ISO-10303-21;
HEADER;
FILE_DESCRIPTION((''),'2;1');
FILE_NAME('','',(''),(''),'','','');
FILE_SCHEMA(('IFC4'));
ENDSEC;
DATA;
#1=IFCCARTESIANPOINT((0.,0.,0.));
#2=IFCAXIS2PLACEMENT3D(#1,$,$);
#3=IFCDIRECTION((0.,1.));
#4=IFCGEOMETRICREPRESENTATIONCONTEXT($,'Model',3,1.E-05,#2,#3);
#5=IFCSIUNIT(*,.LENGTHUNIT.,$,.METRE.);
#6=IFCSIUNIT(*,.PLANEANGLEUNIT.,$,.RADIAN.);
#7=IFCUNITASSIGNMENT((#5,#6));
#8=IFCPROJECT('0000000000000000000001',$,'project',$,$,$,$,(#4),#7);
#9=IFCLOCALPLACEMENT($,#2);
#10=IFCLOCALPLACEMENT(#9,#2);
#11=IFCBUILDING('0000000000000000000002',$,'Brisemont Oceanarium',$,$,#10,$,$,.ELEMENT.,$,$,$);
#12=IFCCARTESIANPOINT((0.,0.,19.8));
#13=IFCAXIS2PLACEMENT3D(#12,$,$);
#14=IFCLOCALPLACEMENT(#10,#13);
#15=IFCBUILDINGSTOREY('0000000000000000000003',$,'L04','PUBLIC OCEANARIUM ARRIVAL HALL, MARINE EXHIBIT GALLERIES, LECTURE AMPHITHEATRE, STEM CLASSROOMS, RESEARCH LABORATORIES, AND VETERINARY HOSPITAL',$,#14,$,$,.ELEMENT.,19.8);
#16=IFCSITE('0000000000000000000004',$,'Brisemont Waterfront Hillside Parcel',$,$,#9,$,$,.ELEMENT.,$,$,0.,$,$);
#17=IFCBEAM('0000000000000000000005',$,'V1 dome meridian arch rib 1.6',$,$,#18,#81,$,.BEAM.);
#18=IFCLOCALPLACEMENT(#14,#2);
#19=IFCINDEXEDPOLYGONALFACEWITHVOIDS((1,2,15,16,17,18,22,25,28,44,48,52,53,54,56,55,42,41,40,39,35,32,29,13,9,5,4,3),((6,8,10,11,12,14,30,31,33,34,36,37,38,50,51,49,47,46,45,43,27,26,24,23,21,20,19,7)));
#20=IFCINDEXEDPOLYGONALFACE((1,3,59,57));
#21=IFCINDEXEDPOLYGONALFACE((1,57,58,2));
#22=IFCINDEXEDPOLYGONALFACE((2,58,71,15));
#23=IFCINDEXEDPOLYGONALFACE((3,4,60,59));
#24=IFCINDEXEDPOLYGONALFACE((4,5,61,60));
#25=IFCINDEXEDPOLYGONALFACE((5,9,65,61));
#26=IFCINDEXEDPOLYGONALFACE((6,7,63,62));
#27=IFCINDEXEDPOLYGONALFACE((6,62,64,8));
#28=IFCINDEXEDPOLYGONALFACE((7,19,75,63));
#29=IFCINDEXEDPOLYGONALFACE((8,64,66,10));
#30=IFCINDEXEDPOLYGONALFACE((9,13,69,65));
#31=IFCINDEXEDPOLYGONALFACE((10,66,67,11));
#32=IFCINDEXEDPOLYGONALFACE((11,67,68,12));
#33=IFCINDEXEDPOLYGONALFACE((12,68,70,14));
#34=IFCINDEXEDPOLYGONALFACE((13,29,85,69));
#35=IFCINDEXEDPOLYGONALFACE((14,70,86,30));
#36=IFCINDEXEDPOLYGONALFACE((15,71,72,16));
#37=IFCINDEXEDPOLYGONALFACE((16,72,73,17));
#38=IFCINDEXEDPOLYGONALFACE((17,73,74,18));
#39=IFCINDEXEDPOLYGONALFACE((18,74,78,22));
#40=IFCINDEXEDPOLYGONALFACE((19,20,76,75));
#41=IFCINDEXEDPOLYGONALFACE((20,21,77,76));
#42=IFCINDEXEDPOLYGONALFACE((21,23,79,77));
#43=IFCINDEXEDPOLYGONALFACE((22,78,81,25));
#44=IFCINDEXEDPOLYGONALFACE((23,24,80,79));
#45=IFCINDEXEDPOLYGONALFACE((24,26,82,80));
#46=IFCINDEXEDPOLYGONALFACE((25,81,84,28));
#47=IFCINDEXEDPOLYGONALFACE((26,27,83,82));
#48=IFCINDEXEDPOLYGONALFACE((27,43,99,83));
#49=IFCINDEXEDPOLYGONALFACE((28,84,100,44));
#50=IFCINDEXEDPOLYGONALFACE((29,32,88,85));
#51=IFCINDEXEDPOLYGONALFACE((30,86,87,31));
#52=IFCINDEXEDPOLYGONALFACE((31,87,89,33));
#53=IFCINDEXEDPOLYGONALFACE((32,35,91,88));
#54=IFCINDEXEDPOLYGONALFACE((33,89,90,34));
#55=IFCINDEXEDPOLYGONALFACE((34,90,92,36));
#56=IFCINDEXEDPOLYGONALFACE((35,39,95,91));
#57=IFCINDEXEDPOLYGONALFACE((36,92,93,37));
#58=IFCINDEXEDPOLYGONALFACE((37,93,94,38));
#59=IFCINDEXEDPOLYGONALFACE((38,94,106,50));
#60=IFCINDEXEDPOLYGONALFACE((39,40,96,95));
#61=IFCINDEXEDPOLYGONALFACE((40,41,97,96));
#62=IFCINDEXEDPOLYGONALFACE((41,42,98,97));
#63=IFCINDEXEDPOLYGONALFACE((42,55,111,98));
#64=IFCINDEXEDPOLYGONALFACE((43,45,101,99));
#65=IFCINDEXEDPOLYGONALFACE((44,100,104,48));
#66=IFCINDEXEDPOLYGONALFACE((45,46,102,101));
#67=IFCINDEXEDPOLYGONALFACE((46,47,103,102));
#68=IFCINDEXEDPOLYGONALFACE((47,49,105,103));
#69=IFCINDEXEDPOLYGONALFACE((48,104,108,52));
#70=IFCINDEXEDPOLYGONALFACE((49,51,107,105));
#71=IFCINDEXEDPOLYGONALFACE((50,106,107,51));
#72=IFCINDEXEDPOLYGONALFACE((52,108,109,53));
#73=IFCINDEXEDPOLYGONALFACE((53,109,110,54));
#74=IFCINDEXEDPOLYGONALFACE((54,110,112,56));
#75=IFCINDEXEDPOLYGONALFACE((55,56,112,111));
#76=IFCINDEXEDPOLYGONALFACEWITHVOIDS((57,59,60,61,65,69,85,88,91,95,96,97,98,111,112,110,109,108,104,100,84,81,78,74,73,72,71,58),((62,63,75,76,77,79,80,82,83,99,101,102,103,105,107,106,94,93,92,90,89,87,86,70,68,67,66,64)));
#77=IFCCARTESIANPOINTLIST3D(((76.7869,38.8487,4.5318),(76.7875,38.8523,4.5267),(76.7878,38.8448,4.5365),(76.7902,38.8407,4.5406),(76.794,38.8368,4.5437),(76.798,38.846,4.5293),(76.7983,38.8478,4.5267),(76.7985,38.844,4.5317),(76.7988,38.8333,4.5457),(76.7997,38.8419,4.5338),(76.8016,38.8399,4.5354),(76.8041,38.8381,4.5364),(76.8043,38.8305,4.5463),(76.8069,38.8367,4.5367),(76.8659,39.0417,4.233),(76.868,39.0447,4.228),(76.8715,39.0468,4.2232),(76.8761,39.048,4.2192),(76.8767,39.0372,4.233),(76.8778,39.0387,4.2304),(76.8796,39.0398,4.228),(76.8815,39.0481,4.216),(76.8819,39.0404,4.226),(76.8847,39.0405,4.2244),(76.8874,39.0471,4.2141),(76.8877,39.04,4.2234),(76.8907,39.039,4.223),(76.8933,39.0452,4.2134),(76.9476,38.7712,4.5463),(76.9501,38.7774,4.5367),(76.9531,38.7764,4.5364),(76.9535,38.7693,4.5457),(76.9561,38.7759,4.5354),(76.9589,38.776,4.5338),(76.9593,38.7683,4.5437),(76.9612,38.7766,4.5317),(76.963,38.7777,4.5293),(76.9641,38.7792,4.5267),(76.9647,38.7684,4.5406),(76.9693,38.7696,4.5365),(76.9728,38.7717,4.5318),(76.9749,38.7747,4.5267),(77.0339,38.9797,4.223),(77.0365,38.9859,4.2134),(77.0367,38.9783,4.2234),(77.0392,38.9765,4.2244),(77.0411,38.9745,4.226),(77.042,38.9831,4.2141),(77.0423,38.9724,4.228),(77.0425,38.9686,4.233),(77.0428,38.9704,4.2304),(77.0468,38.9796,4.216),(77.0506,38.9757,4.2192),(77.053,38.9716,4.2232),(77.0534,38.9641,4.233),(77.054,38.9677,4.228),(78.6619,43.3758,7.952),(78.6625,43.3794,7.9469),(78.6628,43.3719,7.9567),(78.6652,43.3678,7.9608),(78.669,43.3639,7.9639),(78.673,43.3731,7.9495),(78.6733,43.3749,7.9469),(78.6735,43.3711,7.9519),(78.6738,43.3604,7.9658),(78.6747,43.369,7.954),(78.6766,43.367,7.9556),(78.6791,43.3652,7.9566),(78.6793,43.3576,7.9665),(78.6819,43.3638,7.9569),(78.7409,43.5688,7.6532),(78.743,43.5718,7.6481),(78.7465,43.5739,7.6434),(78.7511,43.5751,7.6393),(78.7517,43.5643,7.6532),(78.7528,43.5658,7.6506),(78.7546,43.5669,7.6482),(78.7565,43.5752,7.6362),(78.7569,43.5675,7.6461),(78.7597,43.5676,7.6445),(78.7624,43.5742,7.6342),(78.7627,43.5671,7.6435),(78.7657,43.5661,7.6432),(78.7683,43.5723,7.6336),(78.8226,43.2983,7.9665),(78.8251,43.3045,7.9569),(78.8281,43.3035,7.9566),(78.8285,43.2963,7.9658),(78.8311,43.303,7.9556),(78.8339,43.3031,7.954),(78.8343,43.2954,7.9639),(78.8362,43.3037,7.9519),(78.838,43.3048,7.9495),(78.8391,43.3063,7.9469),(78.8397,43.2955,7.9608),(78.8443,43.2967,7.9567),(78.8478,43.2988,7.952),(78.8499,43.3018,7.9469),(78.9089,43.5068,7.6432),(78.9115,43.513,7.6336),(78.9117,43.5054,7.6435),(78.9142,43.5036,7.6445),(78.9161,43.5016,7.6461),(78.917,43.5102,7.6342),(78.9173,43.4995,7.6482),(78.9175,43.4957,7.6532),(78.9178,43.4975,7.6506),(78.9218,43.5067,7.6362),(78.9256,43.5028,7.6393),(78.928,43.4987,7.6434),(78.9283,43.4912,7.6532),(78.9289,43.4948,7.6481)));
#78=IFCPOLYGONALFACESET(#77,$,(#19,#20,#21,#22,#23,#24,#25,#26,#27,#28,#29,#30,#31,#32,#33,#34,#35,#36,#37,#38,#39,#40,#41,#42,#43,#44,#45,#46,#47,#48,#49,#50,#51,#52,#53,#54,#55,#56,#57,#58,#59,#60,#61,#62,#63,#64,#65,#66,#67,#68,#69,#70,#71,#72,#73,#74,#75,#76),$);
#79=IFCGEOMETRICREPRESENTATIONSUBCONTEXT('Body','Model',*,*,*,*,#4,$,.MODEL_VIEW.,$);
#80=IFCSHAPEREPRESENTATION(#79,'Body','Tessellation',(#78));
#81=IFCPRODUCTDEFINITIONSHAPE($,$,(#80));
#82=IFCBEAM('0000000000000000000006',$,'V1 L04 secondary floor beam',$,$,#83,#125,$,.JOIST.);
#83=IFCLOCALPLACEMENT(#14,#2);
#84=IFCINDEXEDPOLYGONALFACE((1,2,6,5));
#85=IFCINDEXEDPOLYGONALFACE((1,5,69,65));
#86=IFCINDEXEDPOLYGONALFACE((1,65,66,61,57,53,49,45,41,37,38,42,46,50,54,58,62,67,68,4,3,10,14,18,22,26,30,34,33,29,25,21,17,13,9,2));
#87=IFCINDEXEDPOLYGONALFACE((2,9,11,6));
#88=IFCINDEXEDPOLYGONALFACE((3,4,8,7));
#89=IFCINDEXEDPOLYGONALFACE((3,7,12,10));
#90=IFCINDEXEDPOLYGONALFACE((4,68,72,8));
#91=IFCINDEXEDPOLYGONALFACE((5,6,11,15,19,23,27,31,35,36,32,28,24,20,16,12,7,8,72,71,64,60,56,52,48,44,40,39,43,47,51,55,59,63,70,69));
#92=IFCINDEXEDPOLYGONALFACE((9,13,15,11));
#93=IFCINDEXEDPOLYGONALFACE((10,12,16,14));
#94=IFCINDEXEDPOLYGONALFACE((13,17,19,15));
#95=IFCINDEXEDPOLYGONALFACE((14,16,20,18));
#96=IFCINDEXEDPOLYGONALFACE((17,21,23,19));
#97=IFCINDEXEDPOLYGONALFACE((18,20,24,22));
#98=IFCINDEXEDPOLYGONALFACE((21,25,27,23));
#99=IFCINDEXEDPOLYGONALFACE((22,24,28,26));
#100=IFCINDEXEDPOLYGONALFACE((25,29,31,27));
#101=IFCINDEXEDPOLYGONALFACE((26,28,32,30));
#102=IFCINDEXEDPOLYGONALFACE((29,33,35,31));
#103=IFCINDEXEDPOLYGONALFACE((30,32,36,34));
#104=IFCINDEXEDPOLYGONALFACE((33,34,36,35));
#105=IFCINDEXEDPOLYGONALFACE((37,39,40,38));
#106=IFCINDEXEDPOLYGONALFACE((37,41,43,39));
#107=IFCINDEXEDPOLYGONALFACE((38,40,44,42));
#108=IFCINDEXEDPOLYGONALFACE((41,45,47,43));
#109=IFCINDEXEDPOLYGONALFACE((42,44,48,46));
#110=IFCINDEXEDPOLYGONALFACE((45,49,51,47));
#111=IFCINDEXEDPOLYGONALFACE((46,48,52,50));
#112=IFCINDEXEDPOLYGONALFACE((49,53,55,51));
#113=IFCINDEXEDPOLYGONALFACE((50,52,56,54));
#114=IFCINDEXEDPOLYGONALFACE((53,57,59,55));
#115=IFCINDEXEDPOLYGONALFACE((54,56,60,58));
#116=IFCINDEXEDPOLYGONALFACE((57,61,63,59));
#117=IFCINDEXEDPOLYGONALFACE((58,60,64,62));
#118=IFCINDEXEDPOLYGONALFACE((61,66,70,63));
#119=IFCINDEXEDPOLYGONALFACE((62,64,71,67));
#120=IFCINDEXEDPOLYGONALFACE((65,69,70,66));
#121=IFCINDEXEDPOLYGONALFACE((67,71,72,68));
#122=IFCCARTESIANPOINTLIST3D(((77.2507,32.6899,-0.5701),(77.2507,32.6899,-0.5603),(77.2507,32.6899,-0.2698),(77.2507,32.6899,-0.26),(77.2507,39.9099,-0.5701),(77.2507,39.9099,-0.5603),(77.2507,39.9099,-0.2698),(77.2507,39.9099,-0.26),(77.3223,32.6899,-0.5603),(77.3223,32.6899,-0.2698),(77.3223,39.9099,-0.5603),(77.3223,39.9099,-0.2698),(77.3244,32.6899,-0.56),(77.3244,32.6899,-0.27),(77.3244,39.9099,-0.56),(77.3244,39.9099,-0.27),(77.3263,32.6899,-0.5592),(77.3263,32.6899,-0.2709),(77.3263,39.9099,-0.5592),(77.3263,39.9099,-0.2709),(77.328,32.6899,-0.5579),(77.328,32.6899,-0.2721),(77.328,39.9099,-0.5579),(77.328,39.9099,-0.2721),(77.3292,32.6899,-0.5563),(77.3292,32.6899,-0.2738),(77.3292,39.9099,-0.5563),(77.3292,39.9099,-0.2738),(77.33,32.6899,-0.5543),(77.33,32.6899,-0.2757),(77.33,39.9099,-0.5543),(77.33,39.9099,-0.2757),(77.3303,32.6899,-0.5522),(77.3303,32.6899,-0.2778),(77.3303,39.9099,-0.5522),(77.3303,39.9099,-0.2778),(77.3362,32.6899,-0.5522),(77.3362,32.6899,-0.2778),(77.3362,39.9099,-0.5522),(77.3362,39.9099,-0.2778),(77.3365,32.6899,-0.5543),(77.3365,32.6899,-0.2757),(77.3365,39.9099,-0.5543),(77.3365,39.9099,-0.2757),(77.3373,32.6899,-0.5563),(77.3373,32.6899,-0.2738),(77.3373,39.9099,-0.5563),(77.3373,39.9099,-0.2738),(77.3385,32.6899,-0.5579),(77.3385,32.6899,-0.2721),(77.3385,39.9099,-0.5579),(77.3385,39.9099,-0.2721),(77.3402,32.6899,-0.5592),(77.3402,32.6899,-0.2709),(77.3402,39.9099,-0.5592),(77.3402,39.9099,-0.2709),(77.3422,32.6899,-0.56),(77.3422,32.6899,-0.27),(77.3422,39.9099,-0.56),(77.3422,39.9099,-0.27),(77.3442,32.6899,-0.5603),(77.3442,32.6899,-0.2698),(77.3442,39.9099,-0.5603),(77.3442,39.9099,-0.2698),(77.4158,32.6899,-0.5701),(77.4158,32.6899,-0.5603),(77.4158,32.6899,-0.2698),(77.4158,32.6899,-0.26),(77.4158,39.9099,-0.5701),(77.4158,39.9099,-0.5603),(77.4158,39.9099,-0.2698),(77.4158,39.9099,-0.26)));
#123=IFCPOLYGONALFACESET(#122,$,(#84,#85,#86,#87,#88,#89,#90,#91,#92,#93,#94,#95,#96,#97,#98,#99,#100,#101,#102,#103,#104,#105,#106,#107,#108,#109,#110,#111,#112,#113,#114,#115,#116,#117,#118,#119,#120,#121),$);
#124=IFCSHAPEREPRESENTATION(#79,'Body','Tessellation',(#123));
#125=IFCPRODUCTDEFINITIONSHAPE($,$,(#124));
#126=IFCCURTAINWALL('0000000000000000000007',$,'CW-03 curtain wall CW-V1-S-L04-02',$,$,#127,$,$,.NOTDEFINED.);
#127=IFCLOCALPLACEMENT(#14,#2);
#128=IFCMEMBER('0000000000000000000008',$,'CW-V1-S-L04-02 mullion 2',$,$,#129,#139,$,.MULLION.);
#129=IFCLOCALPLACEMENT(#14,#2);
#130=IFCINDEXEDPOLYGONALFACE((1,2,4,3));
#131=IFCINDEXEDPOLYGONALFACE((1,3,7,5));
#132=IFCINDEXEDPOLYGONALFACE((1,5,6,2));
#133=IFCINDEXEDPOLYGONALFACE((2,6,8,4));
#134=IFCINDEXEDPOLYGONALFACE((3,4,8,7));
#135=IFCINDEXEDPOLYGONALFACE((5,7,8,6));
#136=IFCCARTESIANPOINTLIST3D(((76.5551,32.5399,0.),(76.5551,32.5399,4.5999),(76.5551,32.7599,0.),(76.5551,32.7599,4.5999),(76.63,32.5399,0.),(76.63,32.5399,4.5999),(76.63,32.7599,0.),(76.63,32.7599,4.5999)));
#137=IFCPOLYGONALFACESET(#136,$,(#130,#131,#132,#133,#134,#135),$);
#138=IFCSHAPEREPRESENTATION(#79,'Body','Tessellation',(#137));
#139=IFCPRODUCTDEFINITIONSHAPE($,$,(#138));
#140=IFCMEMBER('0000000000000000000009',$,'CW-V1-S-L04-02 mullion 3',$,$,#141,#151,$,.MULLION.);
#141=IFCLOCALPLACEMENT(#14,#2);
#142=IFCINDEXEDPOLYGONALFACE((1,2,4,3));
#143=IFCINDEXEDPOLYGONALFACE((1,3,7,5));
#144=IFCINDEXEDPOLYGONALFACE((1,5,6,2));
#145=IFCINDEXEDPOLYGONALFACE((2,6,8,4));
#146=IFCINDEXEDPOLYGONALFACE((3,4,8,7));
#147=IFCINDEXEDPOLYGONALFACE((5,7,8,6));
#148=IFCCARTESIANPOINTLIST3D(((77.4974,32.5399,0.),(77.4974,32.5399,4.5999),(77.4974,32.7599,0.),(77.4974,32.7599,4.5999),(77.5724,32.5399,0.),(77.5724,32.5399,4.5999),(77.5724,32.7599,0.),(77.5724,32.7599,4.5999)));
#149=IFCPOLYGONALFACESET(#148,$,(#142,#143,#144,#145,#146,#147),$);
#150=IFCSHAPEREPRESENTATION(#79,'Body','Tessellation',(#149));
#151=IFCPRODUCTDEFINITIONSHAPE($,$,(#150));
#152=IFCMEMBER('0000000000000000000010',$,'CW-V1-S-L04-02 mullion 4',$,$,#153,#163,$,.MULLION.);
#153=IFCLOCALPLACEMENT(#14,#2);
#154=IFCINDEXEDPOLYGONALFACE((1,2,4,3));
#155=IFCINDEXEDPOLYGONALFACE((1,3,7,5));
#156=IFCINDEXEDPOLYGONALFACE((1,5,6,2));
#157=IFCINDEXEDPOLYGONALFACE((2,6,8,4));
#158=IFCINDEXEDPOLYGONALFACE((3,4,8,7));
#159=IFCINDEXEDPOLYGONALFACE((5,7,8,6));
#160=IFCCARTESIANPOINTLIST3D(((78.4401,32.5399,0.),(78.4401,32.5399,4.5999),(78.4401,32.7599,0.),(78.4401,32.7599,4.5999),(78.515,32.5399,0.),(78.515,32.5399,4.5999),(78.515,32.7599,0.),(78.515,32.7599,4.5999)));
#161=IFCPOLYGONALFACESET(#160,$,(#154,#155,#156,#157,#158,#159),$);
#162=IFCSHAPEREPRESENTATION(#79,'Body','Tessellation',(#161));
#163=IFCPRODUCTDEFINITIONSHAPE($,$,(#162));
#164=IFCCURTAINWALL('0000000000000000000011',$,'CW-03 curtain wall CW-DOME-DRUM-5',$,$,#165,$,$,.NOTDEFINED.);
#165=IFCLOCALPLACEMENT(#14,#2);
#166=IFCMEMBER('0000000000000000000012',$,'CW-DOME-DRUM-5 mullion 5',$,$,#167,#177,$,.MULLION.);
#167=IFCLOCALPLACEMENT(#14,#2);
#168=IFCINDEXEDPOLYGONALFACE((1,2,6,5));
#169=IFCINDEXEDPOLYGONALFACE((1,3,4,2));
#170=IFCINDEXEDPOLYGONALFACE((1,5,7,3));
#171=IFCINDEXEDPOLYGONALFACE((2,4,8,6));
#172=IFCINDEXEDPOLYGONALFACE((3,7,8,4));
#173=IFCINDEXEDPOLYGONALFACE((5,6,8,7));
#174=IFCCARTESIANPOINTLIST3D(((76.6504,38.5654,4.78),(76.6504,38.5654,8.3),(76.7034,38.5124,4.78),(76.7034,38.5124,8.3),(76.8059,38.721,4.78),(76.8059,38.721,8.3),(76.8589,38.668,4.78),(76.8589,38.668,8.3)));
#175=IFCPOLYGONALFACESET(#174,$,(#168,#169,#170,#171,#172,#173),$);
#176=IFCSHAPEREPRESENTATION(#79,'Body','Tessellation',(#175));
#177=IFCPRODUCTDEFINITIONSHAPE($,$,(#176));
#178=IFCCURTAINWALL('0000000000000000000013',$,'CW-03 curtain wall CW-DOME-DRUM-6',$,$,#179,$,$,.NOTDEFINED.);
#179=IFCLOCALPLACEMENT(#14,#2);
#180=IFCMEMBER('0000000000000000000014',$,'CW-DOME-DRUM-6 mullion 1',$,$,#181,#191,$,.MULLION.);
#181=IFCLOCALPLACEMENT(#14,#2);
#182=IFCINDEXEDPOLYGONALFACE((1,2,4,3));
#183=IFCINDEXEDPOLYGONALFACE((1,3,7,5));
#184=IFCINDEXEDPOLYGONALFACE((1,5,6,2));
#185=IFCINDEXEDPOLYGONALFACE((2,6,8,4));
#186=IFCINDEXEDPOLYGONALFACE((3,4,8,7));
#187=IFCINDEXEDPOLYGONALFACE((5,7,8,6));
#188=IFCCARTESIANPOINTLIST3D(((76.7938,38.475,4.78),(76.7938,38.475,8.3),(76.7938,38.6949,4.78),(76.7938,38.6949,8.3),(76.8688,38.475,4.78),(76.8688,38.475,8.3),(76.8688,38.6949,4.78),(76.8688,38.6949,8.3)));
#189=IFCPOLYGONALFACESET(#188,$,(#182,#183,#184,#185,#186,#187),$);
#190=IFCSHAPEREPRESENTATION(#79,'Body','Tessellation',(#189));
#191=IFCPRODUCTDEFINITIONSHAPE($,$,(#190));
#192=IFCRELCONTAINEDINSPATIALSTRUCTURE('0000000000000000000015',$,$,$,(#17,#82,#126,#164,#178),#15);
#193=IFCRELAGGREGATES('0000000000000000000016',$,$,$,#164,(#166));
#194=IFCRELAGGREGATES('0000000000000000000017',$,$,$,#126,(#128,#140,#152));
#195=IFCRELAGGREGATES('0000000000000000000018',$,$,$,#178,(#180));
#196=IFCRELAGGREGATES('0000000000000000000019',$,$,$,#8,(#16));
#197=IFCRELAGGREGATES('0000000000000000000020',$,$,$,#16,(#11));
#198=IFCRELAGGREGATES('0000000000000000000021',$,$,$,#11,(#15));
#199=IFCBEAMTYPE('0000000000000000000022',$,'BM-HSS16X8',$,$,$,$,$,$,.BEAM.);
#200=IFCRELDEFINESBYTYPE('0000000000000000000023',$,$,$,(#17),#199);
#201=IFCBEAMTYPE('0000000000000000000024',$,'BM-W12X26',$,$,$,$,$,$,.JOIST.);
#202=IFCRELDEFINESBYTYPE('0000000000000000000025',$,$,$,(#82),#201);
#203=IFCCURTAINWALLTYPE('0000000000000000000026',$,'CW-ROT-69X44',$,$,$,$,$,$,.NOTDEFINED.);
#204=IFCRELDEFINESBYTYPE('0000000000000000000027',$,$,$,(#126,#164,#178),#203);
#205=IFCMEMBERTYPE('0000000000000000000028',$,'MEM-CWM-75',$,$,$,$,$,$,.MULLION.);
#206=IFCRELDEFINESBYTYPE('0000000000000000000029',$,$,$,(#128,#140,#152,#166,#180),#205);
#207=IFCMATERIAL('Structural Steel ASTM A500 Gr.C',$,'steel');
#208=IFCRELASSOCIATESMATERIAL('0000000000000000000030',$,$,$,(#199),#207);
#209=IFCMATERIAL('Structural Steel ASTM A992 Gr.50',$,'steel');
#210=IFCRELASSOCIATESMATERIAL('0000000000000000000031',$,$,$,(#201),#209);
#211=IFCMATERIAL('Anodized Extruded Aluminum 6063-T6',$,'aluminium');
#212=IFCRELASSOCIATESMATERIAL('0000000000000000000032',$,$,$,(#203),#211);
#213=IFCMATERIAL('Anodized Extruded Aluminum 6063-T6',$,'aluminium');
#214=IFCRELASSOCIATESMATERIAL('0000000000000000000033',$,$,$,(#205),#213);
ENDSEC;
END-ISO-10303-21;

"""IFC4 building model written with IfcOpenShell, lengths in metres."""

from ifc_helpers import new_model, si_unit, direction, frame, origin, origin_2d, place, context, subcontext, project, spatial, rectangle, hollow_rectangle, i_section, extrude, material, material_profile, profile_set, type_object, element, aggregate, save


model = new_model("IFC4")

# Units and contexts
model_context = context("Model", 3, precision=1e-05, world=origin(), true_north=direction((0.0, 1.0)))
body_context = subcontext(model_context, "Body", "Model", "MODEL_VIEW")
ifc_project = project(units=[si_unit("LENGTHUNIT", "METRE"), si_unit("PLANEANGLEUNIT", "RADIAN")], contexts=[model_context])

# Site, building, storey
site_placement = place(None, origin())
site = spatial("IfcSite", under=ifc_project, at=site_placement, Name="Brisemont Waterfront Hillside Parcel", CompositionType="ELEMENT", RefElevation=0.0)
building_placement = place(site_placement, origin())
building = spatial("IfcBuilding", under=site, at=building_placement, Name="Brisemont Oceanarium", CompositionType="ELEMENT")
storey_placement = place(building_placement, frame((0.0, 0.0, 19.8)))
storey = spatial("IfcBuildingStorey", under=building, at=storey_placement, Name="L04", Description="PUBLIC OCEANARIUM ARRIVAL HALL, MARINE EXHIBIT GALLERIES, LECTURE AMPHITHEATRE, STEM CLASSROOMS, RESEARCH LABORATORIES, AND VETERINARY HOSPITAL", CompositionType="ELEMENT", Elevation=19.8)

# Beams
ifc_material_1 = material(Name="Structural Steel ASTM A500 Gr.C", Category="steel")
ifc_material_profile_1 = material_profile(ifc_material_1, hollow_rectangle(XDim=0.2029, YDim=0.406, WallThickness=0.0117, InnerFilletRadius=0.0122, OuterFilletRadius=0.0239, at=origin_2d()), Name="HSS16X8X1/2")
ifc_profile_set_1 = profile_set([ifc_material_profile_1], Name="Structural Steel ASTM A500 Gr.C")
beam_type_1 = type_object("IfcBeamType", Name="BM-HSS16X8", PredefinedType="BEAM", material=ifc_profile_set_1)
beam_1_placement = place(storey_placement, frame((76.9204, 38.9082, 4.3799), z_axis=(0.313776, 0.757598, 0.572355), x_axis=(-0.923893, 0.382651, 0.0)))
element("IfcBeam", 1, at=beam_1_placement, inside=storey, type_object=beam_type_1, Name="V1 dome meridian arch rib 1.6", PredefinedType="BEAM", context=body_context, shape_type="SweptSolid", body=[
    extrude(hollow_rectangle(XDim=0.2029, YDim=0.406, WallThickness=0.0117, InnerFilletRadius=0.0122, OuterFilletRadius=0.0239, at=origin_2d()), origin(), (0.0, 0.0, 1.0), 5.9756),
])
ifc_material_2 = material(Name="Structural Steel ASTM A992 Gr.50", Category="steel")
ifc_material_profile_2 = material_profile(ifc_material_2, i_section(OverallWidth=0.165, OverallDepth=0.3101, WebThickness=0.0059, FlangeThickness=0.0098, FilletRadius=0.0081, at=origin_2d()), Name="W12X26")
ifc_profile_set_2 = profile_set([ifc_material_profile_2], Name="Structural Steel ASTM A992 Gr.50")
beam_type_2 = type_object("IfcBeamType", Name="BM-W12X26", PredefinedType="JOIST", material=ifc_profile_set_2)
beam_2_placement = place(storey_placement, frame((77.3333, 32.6899, -0.415), z_axis=(0.0, 1.0, 0.0), x_axis=(-1.0, 0.0, 0.0)))
element("IfcBeam", 2, at=beam_2_placement, inside=storey, type_object=beam_type_2, Name="V1 L04 secondary floor beam", PredefinedType="JOIST", context=body_context, shape_type="SweptSolid", body=[
    extrude(i_section(OverallWidth=0.165, OverallDepth=0.3101, WebThickness=0.0059, FlangeThickness=0.0098, FilletRadius=0.0081, at=origin_2d()), origin(), (0.0, 0.0, 1.0), 7.22),
])

# Curtain wall, members
ifc_material_3 = material(Name="Anodized Extruded Aluminum 6063-T6", Category="aluminium")
curtain_wall_type = type_object("IfcCurtainWallType", Name="CW-ROT-69X44", PredefinedType="NOTDEFINED", material=ifc_material_3)
curtain_wall_1_placement = place(storey_placement, origin())
curtain_wall_1 = element("IfcCurtainWall", 3, at=curtain_wall_1_placement, inside=storey, type_object=curtain_wall_type, Name="CW-03 curtain wall CW-V1-S-L04-02", PredefinedType="NOTDEFINED")
ifc_material_4 = material(Name="Anodized Extruded Aluminum 6063-T6", Category="aluminium")
ifc_material_profile_3 = material_profile(ifc_material_4, rectangle(XDim=0.075, YDim=0.22, at=origin_2d()), Name="CWM-75X220")
ifc_profile_set_3 = profile_set([ifc_material_profile_3], Name="Anodized Extruded Aluminum 6063-T6")
member_type_1 = type_object("IfcMemberType", Name="MEM-CWM-75", PredefinedType="MULLION", material=ifc_profile_set_3)
member_1_placement = place(storey_placement, frame((76.5925, 32.6499, 0.0), z_axis=(0.0, 0.0, 1.0), x_axis=(1.0, 0.0, 0.0)))
member_1 = element("IfcMember", 4, at=member_1_placement, type_object=member_type_1, Name="CW-V1-S-L04-02 mullion 2", PredefinedType="MULLION", context=body_context, shape_type="SweptSolid", body=[
    extrude(rectangle(XDim=0.075, YDim=0.22, at=origin_2d()), origin(), (0.0, 0.0, 1.0), 4.5999),
])
member_2_placement = place(storey_placement, frame((77.5349, 32.6499, 0.0), z_axis=(0.0, 0.0, 1.0), x_axis=(1.0, 0.0, 0.0)))
member_2 = element("IfcMember", 5, at=member_2_placement, type_object=member_type_1, Name="CW-V1-S-L04-02 mullion 3", PredefinedType="MULLION", context=body_context, shape_type="SweptSolid", body=[
    extrude(rectangle(XDim=0.075, YDim=0.22, at=origin_2d()), origin(), (0.0, 0.0, 1.0), 4.5999),
])
member_3_placement = place(storey_placement, frame((78.4775, 32.6499, 0.0), z_axis=(0.0, 0.0, 1.0), x_axis=(1.0, 0.0, 0.0)))
member_3 = element("IfcMember", 6, at=member_3_placement, type_object=member_type_1, Name="CW-V1-S-L04-02 mullion 4", PredefinedType="MULLION", context=body_context, shape_type="SweptSolid", body=[
    extrude(rectangle(XDim=0.075, YDim=0.22, at=origin_2d()), origin(), (0.0, 0.0, 1.0), 4.5999),
])

# Curtain walls, members
curtain_wall_2_placement = place(storey_placement, origin())
curtain_wall_2 = element("IfcCurtainWall", 7, at=curtain_wall_2_placement, inside=storey, type_object=curtain_wall_type, Name="CW-03 curtain wall CW-DOME-DRUM-5", PredefinedType="NOTDEFINED")
member_4_placement = place(storey_placement, frame((76.7546, 38.6167, 4.78), z_axis=(0.0, 0.0, 1.0), x_axis=(0.707107, -0.707107, 0.0)))
member_4 = element("IfcMember", 8, at=member_4_placement, type_object=member_type_1, Name="CW-DOME-DRUM-5 mullion 5", PredefinedType="MULLION", context=body_context, shape_type="SweptSolid", body=[
    extrude(rectangle(XDim=0.075, YDim=0.22, at=origin_2d()), origin(), (0.0, 0.0, 1.0), 3.52),
])
aggregate(curtain_wall_2, [member_4])
curtain_wall_3_placement = place(storey_placement, origin())
curtain_wall_3 = element("IfcCurtainWall", 9, at=curtain_wall_3_placement, inside=storey, type_object=curtain_wall_type, Name="CW-03 curtain wall CW-DOME-DRUM-6", PredefinedType="NOTDEFINED")
member_5_placement = place(storey_placement, frame((76.8313, 38.585, 4.78), z_axis=(0.0, 0.0, 1.0), x_axis=(1.0, 0.0, 0.0)))
member_5 = element("IfcMember", 10, at=member_5_placement, type_object=member_type_1, Name="CW-DOME-DRUM-6 mullion 1", PredefinedType="MULLION", context=body_context, shape_type="SweptSolid", body=[
    extrude(rectangle(XDim=0.075, YDim=0.22, at=origin_2d()), origin(), (0.0, 0.0, 1.0), 3.52),
])

aggregate(curtain_wall_1, [member_1, member_2, member_3])
aggregate(curtain_wall_3, [member_5])

save(model, "model.ifc")
